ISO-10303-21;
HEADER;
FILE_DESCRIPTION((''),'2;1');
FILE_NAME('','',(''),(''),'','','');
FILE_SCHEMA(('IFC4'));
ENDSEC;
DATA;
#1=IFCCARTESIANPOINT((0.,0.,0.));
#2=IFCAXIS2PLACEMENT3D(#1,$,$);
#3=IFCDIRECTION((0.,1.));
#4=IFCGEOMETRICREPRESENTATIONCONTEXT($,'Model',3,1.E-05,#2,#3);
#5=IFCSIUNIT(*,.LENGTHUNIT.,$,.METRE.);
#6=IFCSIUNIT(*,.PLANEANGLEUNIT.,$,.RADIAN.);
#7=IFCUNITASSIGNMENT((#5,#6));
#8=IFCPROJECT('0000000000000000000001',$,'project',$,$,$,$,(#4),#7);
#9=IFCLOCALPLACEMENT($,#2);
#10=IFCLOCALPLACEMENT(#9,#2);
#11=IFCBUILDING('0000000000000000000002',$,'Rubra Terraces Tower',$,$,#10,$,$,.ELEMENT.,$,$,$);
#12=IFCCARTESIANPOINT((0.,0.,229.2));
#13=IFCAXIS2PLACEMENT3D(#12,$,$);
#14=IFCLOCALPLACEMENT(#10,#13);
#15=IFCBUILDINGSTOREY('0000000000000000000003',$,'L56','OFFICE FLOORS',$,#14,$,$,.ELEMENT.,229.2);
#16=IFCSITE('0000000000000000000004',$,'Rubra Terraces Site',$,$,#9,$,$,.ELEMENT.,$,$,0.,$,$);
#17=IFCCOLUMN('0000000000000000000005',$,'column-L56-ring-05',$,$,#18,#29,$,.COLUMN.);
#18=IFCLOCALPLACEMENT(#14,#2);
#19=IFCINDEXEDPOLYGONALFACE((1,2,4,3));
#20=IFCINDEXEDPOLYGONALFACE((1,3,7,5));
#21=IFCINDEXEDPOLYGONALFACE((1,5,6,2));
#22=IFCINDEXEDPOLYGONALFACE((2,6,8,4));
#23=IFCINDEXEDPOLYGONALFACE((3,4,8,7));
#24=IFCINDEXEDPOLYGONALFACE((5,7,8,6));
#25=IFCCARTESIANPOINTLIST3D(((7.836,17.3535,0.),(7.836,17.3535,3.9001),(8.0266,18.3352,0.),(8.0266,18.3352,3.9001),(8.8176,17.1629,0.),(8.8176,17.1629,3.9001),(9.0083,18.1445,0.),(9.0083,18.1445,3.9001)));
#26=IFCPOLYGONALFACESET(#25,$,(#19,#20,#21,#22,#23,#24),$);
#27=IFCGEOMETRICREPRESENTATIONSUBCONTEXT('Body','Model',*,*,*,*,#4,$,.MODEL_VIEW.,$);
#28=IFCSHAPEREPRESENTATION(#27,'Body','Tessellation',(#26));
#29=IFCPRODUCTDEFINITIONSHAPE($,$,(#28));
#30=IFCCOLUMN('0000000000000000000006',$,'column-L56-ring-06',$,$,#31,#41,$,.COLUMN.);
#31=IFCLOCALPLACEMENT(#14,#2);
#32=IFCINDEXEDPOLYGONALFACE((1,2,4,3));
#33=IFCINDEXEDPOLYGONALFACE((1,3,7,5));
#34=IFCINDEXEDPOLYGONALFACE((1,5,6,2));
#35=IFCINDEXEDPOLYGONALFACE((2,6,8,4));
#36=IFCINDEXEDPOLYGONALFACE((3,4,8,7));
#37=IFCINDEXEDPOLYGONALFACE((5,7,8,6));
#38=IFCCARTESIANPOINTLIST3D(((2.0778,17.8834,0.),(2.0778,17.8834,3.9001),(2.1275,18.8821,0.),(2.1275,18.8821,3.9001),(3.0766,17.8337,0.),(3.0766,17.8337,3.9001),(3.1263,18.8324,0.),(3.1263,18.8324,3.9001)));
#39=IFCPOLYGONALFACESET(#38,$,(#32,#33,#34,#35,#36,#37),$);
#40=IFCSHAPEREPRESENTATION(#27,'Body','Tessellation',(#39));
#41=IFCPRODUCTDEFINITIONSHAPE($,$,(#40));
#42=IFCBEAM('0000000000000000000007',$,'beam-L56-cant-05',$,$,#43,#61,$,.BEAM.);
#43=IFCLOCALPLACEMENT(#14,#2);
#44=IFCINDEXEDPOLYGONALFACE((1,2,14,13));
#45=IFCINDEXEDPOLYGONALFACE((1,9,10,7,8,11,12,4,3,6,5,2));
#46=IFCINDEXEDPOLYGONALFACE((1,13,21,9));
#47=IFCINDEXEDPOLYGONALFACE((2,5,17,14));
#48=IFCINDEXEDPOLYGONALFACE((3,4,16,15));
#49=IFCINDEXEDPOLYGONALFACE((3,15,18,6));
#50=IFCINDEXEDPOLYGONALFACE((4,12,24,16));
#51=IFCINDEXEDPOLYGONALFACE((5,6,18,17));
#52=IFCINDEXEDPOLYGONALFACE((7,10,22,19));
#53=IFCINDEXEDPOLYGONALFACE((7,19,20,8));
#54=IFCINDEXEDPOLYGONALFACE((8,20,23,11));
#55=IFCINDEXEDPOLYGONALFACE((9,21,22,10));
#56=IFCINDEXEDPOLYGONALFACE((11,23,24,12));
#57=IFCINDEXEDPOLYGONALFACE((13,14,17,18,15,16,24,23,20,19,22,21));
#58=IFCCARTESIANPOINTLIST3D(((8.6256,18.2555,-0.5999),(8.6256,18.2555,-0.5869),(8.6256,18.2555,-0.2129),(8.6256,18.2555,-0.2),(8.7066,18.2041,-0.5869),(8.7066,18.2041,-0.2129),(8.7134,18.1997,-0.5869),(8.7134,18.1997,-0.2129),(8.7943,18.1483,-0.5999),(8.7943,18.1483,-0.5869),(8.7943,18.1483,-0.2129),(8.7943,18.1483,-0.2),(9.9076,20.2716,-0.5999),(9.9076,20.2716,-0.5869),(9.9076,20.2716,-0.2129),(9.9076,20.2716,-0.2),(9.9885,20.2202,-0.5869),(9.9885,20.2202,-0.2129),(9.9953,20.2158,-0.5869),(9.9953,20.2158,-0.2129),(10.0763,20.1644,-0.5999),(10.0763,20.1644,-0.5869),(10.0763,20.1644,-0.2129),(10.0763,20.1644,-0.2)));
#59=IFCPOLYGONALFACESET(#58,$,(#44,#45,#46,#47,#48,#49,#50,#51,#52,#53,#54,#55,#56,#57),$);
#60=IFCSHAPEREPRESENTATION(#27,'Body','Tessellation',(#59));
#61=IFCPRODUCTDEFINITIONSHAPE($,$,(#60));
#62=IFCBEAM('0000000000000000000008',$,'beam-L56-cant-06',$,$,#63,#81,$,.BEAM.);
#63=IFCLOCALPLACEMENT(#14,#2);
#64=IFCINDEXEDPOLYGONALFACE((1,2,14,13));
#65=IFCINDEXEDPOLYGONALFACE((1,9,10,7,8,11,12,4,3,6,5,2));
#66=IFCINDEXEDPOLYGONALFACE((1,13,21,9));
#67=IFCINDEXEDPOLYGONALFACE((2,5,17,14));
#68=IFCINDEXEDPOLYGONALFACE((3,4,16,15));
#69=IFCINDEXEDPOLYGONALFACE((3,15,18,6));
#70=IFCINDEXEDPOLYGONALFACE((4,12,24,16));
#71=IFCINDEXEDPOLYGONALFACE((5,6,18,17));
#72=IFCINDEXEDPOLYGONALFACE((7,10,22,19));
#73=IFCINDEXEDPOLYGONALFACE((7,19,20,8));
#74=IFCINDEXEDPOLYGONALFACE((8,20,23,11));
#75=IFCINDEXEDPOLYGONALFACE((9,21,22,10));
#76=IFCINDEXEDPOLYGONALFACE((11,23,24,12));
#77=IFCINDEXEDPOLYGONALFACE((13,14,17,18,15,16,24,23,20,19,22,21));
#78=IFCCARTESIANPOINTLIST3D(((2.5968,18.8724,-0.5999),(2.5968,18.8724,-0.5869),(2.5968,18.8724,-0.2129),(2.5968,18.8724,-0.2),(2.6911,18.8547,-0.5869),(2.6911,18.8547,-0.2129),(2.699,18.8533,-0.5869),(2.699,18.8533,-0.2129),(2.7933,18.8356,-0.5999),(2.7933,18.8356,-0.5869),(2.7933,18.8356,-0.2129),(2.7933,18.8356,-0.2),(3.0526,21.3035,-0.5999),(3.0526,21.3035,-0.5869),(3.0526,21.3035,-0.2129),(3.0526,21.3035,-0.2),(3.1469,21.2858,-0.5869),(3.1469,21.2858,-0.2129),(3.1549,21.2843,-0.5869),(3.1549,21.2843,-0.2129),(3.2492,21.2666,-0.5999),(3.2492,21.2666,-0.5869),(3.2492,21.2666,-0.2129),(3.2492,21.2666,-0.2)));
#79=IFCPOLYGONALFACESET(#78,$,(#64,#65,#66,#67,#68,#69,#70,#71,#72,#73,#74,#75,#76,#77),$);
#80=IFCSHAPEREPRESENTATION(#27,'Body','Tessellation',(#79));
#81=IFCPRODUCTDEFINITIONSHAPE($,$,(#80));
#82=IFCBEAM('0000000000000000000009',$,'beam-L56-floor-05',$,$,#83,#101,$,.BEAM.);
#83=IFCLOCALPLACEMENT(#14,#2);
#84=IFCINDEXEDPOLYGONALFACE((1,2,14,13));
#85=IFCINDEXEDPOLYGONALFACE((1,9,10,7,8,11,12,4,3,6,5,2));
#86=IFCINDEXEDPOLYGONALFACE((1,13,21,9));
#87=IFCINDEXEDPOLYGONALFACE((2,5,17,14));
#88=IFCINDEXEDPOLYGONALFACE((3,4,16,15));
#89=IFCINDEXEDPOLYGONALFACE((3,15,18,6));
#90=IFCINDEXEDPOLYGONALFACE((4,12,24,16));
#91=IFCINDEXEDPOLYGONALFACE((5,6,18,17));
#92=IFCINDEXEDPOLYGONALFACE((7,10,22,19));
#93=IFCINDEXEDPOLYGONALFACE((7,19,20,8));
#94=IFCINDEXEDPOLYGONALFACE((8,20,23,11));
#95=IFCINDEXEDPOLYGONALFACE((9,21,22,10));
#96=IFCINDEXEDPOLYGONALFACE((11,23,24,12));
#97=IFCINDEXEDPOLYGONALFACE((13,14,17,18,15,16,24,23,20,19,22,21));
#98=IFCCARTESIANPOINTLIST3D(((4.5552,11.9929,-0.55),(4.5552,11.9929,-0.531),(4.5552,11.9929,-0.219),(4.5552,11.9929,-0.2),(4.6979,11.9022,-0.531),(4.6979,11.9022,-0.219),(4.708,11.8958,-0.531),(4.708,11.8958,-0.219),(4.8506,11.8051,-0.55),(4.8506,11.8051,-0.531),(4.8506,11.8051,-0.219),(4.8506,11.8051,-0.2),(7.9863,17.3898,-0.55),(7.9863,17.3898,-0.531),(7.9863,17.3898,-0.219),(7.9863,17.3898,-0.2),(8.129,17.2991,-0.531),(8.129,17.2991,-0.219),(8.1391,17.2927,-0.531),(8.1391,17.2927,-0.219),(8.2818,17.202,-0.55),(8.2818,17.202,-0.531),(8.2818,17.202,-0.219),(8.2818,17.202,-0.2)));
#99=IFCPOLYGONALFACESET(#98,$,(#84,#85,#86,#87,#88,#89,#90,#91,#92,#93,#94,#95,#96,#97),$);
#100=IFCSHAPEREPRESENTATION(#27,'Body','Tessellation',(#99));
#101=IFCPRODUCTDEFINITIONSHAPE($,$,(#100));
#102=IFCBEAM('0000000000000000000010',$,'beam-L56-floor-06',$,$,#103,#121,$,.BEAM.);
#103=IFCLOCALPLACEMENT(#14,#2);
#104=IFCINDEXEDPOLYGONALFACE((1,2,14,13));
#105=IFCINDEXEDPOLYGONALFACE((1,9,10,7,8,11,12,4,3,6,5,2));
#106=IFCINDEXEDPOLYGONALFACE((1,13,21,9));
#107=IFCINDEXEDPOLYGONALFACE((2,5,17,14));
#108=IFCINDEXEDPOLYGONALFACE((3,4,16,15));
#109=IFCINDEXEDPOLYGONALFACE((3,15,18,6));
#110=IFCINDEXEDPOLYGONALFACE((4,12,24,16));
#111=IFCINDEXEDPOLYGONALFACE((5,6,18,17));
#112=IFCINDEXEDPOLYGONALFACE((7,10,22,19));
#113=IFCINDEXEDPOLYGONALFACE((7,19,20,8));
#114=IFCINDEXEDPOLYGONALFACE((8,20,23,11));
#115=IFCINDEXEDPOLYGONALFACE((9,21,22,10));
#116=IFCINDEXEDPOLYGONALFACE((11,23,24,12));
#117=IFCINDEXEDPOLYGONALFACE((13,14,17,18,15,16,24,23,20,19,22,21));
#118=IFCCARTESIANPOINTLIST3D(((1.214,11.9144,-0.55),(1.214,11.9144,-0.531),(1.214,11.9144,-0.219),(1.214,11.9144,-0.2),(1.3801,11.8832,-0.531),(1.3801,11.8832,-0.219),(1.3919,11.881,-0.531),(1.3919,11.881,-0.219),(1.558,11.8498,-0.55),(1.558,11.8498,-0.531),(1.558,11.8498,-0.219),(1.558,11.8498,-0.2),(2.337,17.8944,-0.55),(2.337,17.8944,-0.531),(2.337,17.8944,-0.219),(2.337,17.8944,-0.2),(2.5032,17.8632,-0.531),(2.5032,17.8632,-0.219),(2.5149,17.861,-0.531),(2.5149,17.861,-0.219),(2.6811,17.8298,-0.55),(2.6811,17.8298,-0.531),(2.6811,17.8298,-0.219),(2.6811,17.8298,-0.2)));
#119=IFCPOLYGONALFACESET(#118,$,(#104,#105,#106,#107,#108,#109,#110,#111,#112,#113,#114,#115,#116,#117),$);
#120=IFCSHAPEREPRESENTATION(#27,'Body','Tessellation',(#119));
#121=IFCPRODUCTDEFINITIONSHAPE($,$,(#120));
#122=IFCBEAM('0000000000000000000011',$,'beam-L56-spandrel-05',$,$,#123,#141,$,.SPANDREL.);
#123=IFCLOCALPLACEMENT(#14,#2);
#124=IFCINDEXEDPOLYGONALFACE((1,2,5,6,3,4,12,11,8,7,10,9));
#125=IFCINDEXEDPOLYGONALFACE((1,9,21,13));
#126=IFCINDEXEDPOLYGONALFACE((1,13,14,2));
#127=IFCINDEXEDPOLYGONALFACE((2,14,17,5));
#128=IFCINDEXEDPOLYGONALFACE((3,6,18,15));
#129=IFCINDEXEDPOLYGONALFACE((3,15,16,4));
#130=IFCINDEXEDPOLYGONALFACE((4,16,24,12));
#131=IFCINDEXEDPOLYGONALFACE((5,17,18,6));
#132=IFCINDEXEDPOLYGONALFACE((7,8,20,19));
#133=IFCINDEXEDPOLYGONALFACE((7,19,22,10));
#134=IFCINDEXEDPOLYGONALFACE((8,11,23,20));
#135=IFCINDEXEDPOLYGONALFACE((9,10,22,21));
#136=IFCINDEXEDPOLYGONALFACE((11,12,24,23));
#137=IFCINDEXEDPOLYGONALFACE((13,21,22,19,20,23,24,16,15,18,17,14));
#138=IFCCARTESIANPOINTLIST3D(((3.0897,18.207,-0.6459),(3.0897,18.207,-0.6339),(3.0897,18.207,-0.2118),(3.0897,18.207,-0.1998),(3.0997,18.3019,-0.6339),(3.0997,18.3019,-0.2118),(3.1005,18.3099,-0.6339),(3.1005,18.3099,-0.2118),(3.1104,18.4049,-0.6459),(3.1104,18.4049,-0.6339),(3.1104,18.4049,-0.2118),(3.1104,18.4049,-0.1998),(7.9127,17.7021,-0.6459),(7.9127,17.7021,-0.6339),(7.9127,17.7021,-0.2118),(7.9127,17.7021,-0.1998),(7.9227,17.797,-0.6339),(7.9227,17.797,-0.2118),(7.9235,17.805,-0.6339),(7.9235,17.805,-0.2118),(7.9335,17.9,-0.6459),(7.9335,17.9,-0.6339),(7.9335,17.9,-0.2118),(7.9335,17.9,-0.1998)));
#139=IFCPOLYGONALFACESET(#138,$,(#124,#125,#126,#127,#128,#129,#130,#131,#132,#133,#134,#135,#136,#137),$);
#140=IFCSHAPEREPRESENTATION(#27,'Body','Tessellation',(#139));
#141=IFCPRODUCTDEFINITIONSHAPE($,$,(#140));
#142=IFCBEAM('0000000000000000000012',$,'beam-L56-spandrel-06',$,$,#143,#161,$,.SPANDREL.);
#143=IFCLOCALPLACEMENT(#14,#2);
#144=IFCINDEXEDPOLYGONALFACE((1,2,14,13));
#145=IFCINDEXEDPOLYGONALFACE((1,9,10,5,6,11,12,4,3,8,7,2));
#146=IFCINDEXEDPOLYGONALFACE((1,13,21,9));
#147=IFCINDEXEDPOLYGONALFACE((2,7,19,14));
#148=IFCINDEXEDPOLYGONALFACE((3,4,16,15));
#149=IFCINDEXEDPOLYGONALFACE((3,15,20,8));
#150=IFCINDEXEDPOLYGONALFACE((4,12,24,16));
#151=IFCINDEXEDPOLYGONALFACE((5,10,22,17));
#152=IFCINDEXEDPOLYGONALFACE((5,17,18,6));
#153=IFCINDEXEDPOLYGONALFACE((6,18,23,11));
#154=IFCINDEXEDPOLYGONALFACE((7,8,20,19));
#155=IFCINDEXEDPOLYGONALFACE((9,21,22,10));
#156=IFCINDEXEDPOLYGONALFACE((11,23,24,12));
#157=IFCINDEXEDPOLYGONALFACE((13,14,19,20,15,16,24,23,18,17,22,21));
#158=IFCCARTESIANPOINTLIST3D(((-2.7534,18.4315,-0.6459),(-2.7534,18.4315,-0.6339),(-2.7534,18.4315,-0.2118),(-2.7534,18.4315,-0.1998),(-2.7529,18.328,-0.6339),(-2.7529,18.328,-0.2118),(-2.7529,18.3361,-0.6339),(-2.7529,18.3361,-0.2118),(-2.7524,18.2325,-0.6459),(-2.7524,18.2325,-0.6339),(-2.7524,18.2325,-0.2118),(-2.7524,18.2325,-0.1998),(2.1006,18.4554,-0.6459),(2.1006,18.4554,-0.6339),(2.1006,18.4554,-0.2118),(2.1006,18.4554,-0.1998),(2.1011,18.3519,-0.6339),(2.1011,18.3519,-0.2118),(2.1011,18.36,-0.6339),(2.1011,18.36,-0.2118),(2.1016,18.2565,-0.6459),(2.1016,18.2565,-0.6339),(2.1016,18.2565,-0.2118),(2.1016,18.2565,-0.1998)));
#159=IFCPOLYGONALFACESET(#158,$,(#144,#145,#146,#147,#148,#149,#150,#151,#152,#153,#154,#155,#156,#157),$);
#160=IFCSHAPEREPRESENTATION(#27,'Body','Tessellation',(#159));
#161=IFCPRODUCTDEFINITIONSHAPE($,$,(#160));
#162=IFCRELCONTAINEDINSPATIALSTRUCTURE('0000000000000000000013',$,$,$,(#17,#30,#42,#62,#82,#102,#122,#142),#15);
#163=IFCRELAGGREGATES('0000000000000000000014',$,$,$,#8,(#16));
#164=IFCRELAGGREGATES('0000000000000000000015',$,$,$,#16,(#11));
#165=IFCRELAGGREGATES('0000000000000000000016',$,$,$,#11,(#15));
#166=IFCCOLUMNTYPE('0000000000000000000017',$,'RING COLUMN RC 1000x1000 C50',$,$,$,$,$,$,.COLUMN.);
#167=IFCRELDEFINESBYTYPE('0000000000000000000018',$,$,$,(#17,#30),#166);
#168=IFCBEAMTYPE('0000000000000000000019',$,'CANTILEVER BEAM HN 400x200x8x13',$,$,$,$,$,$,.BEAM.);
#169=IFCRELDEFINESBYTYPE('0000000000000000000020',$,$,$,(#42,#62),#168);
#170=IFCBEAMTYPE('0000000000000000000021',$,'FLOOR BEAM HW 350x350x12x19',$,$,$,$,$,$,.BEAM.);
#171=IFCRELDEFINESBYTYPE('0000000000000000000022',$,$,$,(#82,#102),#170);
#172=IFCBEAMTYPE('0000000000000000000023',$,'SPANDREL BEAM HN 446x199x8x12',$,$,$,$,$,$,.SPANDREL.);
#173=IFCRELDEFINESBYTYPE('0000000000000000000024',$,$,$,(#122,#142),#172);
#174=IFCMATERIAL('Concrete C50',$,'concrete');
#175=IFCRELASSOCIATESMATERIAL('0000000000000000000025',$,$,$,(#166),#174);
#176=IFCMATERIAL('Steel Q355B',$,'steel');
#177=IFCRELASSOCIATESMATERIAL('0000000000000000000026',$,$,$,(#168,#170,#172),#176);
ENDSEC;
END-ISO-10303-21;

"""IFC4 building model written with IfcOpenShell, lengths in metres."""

from ifc_helpers import new_model, si_unit, direction, frame, origin, origin_2d, place, context, subcontext, project, spatial, rectangle, i_section, extrude, material, material_profile, profile_set, type_object, element, save


model = new_model("IFC4")

# Units and contexts
model_context = context("Model", 3, precision=1e-05, world=origin(), true_north=direction((0.0, 1.0)))
body_context = subcontext(model_context, "Body", "Model", "MODEL_VIEW")
ifc_project = project(units=[si_unit("LENGTHUNIT", "METRE"), si_unit("PLANEANGLEUNIT", "RADIAN")], contexts=[model_context])

# Site, building, storey
site_placement = place(None, origin())
site = spatial("IfcSite", under=ifc_project, at=site_placement, Name="Rubra Terraces Site", CompositionType="ELEMENT", RefElevation=0.0)
building_placement = place(site_placement, origin())
building = spatial("IfcBuilding", under=site, at=building_placement, Name="Rubra Terraces Tower", CompositionType="ELEMENT")
storey_placement = place(building_placement, frame((0.0, 0.0, 229.2)))
storey = spatial("IfcBuildingStorey", under=building, at=storey_placement, Name="L56", Description="OFFICE FLOORS", CompositionType="ELEMENT", Elevation=229.2)

# Columns
ifc_material_1 = material(Name="Concrete C50", Category="concrete")
ifc_material_profile_1 = material_profile(ifc_material_1, rectangle(XDim=1.0, YDim=1.0, at=origin_2d()), Name="RC 1000x1000")
ifc_profile_set_1 = profile_set([ifc_material_profile_1], Name="Concrete C50")
column_type = type_object("IfcColumnType", Name="RING COLUMN RC 1000x1000 C50", PredefinedType="COLUMN", material=ifc_profile_set_1)
for number, where, z_axis, x_axis, name in (
    (1, (8.4221, 17.749, 0.0), (0.0, 0.0, 1.0), (-0.981655, 0.190668, 0.0), "column-L56-ring-05"),
    (2, (2.6021, 18.3579, 0.0), (0.0, 0.0, 1.0), (-0.998764, 0.049699, 0.0), "column-L56-ring-06"),
):
    element("IfcColumn", number, at=place(storey_placement, frame(where, z_axis=z_axis, x_axis=x_axis)), inside=storey, type_object=column_type, Name=name, PredefinedType="COLUMN", context=body_context, shape_type="SweptSolid", body=[
        extrude(rectangle(XDim=1.0, YDim=1.0, at=origin_2d()), origin(), (0.0, 0.0, 1.0), 3.9001),
    ])

# Beams
ifc_material_2 = material(Name="Steel Q355B", Category="steel")
ifc_material_profile_2 = material_profile(ifc_material_2, i_section(OverallWidth=0.2, OverallDepth=0.3999, WebThickness=0.0081, FlangeThickness=0.0129, at=origin_2d()), Name="HN 400x200x8x13")
ifc_profile_set_2 = profile_set([ifc_material_profile_2], Name="Steel Q355B")
beam_type_1 = type_object("IfcBeamType", Name="CANTILEVER BEAM HN 400x200x8x13", PredefinedType="BEAM", material=ifc_profile_set_2)
beam_1_placement = place(storey_placement, frame((8.71, 18.2019, -0.3999), z_axis=(0.536578, 0.843851, 0.0), x_axis=(-0.843851, 0.536578, 0.0)))
element("IfcBeam", 3, at=beam_1_placement, inside=storey, type_object=beam_type_1, Name="beam-L56-cant-05", PredefinedType="BEAM", context=body_context, shape_type="SweptSolid", body=[
    extrude(i_section(OverallWidth=0.2, OverallDepth=0.3999, WebThickness=0.0081, FlangeThickness=0.0129, at=origin_2d()), origin(), (0.0, 0.0, 1.0), 2.3892),
])
beam_2_placement = place(storey_placement, frame((2.6951, 18.854, -0.3999), z_axis=(0.184294, 0.982871, 0.0), x_axis=(-0.982871, 0.184294, 0.0)))
element("IfcBeam", 4, at=beam_2_placement, inside=storey, type_object=beam_type_1, Name="beam-L56-cant-06", PredefinedType="BEAM", context=body_context, shape_type="SweptSolid", body=[
    extrude(i_section(OverallWidth=0.2, OverallDepth=0.3999, WebThickness=0.0081, FlangeThickness=0.0129, at=origin_2d()), origin(), (0.0, 0.0, 1.0), 2.4734),
])
ifc_material_profile_3 = material_profile(ifc_material_2, i_section(OverallWidth=0.3501, OverallDepth=0.3501, WebThickness=0.012, FlangeThickness=0.019, at=origin_2d()), Name="HW 350x350x12x19")
ifc_profile_set_3 = profile_set([ifc_material_profile_3], Name="Steel Q355B")
beam_type_2 = type_object("IfcBeamType", Name="FLOOR BEAM HW 350x350x12x19", PredefinedType="BEAM", material=ifc_profile_set_3)
beam_3_placement = place(storey_placement, frame((8.134, 17.2959, -0.375), z_axis=(-0.53651, -0.843894, 0.0), x_axis=(0.843894, -0.53651, 0.0)))
element("IfcBeam", 5, at=beam_3_placement, inside=storey, type_object=beam_type_2, Name="beam-L56-floor-05", PredefinedType="BEAM", context=body_context, shape_type="SweptSolid", body=[
    extrude(i_section(OverallWidth=0.3501, OverallDepth=0.3501, WebThickness=0.012, FlangeThickness=0.019, at=origin_2d()), origin(), (0.0, 0.0, 1.0), 6.3953),
])
beam_4_placement = place(storey_placement, frame((2.509, 17.8621, -0.375), z_axis=(-0.184574, -0.982819, 0.0), x_axis=(0.982819, -0.184574, 0.0)))
element("IfcBeam", 6, at=beam_4_placement, inside=storey, type_object=beam_type_2, Name="beam-L56-floor-06", PredefinedType="BEAM", context=body_context, shape_type="SweptSolid", body=[
    extrude(i_section(OverallWidth=0.3501, OverallDepth=0.3501, WebThickness=0.012, FlangeThickness=0.019, at=origin_2d()), origin(), (0.0, 0.0, 1.0), 6.0845),
])
ifc_material_profile_4 = material_profile(ifc_material_2, i_section(OverallWidth=0.199, OverallDepth=0.446, WebThickness=0.0081, FlangeThickness=0.012, at=origin_2d()), Name="HN 446x199x8x12")
ifc_profile_set_4 = profile_set([ifc_material_profile_4], Name="Steel Q355B")
beam_type_3 = type_object("IfcBeamType", Name="SPANDREL BEAM HN 446x199x8x12", PredefinedType="SPANDREL", material=ifc_profile_set_4)
beam_5_placement = place(storey_placement, frame((7.9231, 17.801, -0.4229), z_axis=(-0.994565, 0.104113, 0.0), x_axis=(-0.104113, -0.994565, 0.0)))
element("IfcBeam", 7, at=beam_5_placement, inside=storey, type_object=beam_type_3, Name="beam-L56-spandrel-05", PredefinedType="SPANDREL", context=body_context, shape_type="SweptSolid", body=[
    extrude(i_section(OverallWidth=0.199, OverallDepth=0.446, WebThickness=0.0081, FlangeThickness=0.012, at=origin_2d()), origin(), (0.0, 0.0, 1.0), 4.8494),
])
beam_6_placement = place(storey_placement, frame((2.1011, 18.356, -0.4229), z_axis=(-0.999988, -0.004929, 0.0), x_axis=(0.004929, -0.999988, 0.0)))
element("IfcBeam", 8, at=beam_6_placement, inside=storey, type_object=beam_type_3, Name="beam-L56-spandrel-06", PredefinedType="SPANDREL", context=body_context, shape_type="SweptSolid", body=[
    extrude(i_section(OverallWidth=0.199, OverallDepth=0.446, WebThickness=0.0081, FlangeThickness=0.012, at=origin_2d()), origin(), (0.0, 0.0, 1.0), 4.854),
])

save(model, "model.ifc")
